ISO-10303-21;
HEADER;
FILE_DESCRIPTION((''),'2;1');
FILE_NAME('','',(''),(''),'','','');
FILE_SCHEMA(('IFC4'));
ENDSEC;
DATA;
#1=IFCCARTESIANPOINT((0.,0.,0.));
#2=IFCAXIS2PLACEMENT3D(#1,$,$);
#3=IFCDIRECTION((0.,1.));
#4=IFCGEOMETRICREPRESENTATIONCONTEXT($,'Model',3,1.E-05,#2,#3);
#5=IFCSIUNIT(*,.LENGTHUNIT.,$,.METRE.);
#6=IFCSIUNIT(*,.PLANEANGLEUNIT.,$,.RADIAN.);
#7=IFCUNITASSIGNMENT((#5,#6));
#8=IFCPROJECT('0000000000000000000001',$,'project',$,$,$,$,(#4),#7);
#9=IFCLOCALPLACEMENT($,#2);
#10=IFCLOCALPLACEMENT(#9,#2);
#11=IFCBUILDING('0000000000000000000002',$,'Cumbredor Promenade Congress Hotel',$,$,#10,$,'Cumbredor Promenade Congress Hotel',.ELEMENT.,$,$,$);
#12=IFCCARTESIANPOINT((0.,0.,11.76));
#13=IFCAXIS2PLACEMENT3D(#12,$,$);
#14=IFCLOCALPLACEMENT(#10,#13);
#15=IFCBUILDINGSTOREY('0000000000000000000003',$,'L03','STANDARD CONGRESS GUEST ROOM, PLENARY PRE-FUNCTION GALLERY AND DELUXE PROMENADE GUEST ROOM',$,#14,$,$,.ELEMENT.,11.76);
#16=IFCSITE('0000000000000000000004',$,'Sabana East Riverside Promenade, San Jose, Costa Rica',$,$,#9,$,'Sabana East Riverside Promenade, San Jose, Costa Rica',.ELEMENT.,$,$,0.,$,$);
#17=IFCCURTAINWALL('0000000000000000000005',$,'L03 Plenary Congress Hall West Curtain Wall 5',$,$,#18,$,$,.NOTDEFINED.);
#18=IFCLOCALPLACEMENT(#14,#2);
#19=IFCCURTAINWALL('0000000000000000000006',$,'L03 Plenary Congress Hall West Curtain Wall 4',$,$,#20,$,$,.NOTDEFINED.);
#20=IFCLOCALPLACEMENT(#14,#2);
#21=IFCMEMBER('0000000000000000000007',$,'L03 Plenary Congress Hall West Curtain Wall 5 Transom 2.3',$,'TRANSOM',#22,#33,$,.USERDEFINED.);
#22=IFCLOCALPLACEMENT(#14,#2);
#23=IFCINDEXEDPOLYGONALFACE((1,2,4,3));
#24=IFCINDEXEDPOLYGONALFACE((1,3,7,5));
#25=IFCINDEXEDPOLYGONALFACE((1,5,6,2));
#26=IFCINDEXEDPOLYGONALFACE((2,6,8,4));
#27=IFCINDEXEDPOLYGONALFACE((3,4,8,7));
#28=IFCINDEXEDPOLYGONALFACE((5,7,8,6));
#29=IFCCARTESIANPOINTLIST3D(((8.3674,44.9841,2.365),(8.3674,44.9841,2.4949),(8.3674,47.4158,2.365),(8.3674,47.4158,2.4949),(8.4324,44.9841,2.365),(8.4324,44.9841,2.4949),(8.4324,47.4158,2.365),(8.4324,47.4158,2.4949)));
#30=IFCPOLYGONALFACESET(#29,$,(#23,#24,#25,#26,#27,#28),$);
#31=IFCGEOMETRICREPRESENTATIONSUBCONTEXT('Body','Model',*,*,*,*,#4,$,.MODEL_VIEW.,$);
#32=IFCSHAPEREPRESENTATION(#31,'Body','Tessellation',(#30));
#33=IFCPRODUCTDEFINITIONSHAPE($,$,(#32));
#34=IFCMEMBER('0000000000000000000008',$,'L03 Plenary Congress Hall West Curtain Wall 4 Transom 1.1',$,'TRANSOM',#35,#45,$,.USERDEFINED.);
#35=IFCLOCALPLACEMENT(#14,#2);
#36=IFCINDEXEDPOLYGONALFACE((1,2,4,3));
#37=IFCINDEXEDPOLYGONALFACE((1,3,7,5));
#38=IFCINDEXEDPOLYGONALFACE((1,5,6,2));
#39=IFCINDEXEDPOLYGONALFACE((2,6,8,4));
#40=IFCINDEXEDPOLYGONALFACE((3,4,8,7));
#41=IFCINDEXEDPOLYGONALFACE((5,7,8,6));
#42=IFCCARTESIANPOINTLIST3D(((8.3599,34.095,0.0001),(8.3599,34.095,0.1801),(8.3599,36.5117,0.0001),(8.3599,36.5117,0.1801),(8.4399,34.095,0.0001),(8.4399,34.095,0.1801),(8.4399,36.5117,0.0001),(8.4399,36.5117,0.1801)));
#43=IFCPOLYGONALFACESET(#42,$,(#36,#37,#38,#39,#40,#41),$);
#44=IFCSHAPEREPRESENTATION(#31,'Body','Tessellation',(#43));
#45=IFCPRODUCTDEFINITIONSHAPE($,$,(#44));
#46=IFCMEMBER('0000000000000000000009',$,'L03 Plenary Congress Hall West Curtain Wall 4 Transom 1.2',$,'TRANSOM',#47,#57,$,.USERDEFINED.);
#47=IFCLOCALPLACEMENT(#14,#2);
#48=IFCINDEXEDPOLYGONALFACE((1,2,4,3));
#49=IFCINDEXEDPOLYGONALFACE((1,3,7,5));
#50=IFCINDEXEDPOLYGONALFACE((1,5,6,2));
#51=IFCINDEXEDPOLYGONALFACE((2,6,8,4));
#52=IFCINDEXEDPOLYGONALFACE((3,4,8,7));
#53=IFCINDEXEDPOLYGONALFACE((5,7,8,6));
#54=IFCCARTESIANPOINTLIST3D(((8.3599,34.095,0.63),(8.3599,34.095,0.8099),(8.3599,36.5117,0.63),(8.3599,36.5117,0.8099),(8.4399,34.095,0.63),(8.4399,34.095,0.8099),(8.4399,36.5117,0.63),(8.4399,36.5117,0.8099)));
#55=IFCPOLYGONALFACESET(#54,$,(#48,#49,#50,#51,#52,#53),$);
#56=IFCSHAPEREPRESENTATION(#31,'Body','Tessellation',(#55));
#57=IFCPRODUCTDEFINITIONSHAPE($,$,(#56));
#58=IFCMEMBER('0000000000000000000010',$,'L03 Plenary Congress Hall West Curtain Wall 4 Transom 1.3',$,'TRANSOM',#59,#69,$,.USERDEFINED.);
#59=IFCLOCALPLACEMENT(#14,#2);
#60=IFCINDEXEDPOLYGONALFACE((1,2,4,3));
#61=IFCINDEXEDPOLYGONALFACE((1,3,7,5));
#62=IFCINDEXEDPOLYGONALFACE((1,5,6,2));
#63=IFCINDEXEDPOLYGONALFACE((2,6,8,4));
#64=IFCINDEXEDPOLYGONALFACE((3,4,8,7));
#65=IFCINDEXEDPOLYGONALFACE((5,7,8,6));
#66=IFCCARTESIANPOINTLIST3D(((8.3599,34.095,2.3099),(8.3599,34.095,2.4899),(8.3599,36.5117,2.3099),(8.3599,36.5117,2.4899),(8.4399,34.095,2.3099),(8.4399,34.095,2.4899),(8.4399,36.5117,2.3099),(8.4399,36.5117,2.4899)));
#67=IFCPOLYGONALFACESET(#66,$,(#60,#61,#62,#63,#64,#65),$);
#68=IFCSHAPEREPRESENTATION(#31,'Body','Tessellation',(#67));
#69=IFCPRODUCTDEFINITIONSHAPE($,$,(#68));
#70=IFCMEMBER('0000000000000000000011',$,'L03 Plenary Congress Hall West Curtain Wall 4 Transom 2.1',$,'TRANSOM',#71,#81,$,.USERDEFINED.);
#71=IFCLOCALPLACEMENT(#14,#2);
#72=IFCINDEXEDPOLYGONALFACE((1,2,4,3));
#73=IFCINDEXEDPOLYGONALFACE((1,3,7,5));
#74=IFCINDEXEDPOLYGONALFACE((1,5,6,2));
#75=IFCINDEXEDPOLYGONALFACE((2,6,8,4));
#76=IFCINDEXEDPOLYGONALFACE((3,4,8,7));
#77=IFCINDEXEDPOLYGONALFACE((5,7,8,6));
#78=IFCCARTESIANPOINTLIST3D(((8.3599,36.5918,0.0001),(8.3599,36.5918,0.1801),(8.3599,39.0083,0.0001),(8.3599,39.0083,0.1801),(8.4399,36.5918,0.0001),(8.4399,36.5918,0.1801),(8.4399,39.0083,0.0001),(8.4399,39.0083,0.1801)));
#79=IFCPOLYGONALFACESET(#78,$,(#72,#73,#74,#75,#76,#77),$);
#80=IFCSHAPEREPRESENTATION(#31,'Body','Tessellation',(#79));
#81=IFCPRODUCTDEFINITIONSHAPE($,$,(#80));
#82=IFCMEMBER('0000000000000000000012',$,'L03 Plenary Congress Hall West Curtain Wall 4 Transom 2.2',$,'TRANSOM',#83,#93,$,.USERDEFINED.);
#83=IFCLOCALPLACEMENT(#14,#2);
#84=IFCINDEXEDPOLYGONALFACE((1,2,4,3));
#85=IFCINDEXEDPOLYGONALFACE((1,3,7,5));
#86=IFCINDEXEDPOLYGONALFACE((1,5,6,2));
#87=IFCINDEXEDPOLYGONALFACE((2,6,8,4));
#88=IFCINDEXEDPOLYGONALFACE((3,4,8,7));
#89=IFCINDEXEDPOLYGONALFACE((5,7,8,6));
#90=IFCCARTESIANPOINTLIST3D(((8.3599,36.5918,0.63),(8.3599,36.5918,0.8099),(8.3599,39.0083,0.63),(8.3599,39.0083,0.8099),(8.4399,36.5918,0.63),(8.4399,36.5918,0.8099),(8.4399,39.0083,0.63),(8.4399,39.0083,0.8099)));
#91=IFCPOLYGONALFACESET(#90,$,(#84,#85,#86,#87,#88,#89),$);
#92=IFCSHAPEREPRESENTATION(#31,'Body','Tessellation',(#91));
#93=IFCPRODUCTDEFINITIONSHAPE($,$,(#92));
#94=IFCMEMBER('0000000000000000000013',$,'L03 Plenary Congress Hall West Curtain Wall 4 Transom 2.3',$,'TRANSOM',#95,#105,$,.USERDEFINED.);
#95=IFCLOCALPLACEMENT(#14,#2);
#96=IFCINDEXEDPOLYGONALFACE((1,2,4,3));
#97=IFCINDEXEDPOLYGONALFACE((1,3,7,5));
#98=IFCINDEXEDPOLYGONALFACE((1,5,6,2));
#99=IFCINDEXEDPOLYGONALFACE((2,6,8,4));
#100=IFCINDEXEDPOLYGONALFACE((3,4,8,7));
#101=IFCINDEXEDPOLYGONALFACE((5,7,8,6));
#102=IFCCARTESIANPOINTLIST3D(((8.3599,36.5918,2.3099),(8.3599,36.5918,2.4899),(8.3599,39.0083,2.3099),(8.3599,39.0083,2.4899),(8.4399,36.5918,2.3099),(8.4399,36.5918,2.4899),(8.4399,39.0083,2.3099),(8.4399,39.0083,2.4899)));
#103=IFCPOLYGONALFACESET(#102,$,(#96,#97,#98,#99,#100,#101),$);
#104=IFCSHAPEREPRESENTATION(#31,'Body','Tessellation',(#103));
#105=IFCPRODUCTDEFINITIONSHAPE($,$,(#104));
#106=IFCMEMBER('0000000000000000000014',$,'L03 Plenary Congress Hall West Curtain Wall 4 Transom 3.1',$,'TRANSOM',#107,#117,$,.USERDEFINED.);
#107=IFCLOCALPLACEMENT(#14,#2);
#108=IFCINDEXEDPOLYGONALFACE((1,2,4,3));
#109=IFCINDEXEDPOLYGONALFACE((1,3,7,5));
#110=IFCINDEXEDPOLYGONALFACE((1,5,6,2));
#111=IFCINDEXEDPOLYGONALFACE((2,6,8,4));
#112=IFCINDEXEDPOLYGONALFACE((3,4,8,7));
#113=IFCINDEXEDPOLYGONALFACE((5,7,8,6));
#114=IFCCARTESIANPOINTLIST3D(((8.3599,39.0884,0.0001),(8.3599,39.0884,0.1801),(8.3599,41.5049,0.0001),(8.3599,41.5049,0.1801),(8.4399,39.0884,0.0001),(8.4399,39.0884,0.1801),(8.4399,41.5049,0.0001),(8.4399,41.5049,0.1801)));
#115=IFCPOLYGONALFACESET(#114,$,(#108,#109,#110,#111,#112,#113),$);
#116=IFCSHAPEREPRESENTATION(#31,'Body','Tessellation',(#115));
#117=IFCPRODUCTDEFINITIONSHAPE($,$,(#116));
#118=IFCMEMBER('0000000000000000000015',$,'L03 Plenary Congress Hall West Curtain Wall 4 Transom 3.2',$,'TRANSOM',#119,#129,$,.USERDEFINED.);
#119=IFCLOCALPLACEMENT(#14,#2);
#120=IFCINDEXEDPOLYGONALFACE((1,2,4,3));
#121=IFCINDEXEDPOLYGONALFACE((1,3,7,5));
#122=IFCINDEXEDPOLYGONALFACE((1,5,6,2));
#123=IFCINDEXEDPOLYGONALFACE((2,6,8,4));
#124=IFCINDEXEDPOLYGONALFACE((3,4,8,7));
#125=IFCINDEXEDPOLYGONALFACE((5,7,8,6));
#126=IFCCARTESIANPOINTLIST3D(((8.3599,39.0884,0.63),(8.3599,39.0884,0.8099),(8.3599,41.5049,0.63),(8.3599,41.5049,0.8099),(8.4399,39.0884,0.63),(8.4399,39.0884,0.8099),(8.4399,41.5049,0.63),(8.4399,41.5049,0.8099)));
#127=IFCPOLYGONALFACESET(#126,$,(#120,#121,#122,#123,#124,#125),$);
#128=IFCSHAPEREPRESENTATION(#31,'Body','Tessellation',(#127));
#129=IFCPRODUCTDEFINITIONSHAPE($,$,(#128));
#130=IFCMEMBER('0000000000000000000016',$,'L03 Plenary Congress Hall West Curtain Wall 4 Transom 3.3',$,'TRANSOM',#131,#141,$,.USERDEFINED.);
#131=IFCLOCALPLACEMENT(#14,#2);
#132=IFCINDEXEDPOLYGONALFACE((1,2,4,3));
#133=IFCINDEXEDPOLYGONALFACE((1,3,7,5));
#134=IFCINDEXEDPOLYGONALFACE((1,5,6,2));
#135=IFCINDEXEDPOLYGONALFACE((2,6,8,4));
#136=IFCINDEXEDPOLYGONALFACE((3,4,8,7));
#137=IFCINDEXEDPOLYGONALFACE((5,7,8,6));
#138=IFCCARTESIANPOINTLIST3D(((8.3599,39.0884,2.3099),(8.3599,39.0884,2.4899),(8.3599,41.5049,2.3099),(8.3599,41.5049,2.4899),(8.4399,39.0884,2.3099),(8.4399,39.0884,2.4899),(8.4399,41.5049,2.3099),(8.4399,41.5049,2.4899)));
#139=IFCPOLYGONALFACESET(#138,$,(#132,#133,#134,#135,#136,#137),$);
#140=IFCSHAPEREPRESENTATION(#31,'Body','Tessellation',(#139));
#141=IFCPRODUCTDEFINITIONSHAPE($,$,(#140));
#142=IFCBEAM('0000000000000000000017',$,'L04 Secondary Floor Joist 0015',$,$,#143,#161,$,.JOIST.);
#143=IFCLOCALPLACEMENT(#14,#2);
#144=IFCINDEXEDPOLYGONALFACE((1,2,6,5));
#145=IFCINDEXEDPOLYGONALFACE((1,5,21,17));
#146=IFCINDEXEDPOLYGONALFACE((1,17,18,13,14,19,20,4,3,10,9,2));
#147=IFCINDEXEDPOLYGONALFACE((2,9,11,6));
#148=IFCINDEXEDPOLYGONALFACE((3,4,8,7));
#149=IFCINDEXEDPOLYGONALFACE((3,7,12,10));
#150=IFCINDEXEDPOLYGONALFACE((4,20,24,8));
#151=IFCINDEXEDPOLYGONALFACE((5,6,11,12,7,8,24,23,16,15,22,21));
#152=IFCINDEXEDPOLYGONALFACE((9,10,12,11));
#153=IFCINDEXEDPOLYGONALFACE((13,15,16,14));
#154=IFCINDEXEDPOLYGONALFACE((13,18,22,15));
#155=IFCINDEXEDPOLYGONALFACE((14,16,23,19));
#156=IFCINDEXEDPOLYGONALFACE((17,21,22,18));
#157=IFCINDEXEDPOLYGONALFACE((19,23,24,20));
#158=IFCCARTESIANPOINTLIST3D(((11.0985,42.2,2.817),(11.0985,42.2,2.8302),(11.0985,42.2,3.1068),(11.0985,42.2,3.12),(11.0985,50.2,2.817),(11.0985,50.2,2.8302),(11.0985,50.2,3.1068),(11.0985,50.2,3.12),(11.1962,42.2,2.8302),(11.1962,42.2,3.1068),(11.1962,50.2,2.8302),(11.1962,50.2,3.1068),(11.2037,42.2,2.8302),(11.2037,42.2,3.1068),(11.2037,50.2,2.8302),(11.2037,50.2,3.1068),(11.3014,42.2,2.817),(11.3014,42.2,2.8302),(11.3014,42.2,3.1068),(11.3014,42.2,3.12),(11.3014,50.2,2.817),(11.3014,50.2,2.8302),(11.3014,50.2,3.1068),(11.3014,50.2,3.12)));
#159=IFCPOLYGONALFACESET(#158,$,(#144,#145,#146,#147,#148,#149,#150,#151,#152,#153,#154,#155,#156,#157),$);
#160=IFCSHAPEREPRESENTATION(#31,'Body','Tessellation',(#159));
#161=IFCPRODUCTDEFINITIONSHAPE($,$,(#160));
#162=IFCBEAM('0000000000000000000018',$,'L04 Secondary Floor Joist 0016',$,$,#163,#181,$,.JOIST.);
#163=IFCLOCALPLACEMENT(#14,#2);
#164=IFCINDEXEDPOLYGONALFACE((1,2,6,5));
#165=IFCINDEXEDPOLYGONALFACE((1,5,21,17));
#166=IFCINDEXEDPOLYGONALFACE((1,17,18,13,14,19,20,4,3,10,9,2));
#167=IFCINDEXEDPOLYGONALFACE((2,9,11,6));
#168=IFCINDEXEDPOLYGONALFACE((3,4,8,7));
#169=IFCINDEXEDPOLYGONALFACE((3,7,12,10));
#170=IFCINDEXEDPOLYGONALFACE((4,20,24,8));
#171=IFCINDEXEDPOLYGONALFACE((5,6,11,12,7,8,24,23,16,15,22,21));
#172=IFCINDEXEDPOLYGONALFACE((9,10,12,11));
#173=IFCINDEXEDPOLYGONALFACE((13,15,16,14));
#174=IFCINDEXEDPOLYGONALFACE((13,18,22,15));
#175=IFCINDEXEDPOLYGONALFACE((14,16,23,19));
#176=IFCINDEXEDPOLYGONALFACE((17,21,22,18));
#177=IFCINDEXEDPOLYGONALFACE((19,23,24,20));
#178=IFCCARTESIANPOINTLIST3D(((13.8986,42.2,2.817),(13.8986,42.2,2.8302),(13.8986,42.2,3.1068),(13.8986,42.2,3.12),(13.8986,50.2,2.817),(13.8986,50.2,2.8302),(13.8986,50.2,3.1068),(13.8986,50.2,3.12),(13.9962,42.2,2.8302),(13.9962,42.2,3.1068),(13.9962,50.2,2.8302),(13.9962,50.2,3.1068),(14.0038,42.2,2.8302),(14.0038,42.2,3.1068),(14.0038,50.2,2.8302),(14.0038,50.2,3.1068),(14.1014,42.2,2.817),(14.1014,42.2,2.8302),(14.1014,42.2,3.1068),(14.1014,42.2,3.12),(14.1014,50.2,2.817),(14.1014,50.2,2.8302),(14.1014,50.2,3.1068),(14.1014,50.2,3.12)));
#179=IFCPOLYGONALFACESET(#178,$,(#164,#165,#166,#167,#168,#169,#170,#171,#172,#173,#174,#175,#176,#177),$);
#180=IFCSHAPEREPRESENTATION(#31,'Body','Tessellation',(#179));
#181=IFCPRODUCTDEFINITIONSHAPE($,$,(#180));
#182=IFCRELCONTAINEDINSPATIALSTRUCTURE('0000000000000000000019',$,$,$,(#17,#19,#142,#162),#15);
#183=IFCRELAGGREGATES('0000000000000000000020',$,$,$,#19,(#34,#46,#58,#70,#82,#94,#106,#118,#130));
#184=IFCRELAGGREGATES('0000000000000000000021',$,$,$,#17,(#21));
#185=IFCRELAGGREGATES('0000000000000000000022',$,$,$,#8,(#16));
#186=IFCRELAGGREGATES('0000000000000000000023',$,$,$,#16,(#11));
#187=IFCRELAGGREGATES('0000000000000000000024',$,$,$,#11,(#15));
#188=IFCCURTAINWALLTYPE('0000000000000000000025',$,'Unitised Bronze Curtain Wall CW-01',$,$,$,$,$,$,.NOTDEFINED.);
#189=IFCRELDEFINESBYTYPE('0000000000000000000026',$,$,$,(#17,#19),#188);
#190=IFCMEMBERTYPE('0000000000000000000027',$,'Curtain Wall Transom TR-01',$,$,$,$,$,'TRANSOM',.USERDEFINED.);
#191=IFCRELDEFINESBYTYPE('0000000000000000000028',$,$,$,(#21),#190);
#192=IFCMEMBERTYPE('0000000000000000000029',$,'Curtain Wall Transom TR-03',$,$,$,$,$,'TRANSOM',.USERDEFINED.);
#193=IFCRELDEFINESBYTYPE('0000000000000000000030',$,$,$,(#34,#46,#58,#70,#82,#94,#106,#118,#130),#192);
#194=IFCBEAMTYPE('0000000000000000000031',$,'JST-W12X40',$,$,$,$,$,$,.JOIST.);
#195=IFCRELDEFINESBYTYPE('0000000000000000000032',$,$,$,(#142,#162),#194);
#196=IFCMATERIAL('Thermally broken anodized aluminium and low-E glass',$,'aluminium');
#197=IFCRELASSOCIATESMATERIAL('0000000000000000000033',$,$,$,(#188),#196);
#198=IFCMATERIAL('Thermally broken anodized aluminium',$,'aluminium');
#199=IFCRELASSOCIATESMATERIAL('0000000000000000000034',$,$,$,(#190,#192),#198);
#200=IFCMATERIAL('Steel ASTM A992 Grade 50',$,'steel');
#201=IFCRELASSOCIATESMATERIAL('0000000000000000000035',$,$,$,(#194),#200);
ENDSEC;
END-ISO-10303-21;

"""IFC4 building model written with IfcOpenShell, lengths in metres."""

from ifc_helpers import new_model, si_unit, direction, frame, origin, origin_2d, place, context, subcontext, project, spatial, rectangle, i_section, extrude, material, material_profile, profile_set, type_object, element, aggregate, save


model = new_model("IFC4")

# Units and contexts
model_context = context("Model", 3, precision=1e-05, world=origin(), true_north=direction((0.0, 1.0)))
body_context = subcontext(model_context, "Body", "Model", "MODEL_VIEW")
ifc_project = project(units=[si_unit("LENGTHUNIT", "METRE"), si_unit("PLANEANGLEUNIT", "RADIAN")], contexts=[model_context])

# Site, building, storey
site_placement = place(None, origin())
site = spatial("IfcSite", under=ifc_project, at=site_placement, Name="Sabana East Riverside Promenade, San Jose, Costa Rica", LongName="Sabana East Riverside Promenade, San Jose, Costa Rica", CompositionType="ELEMENT", RefElevation=0.0)
building_placement = place(site_placement, origin())
building = spatial("IfcBuilding", under=site, at=building_placement, Name="Cumbredor Promenade Congress Hotel", LongName="Cumbredor Promenade Congress Hotel", CompositionType="ELEMENT")
storey_placement = place(building_placement, frame((0.0, 0.0, 11.76)))
storey = spatial("IfcBuildingStorey", under=building, at=storey_placement, Name="L03", Description="STANDARD CONGRESS GUEST ROOM, PLENARY PRE-FUNCTION GALLERY AND DELUXE PROMENADE GUEST ROOM", CompositionType="ELEMENT", Elevation=11.76)

# Curtain walls
ifc_material_1 = material(Name="Thermally broken anodized aluminium and low-E glass", Category="aluminium")
curtain_wall_type = type_object("IfcCurtainWallType", Name="Unitised Bronze Curtain Wall CW-01", PredefinedType="NOTDEFINED", material=ifc_material_1)
curtain_wall_1_placement = place(storey_placement, origin())
curtain_wall_1 = element("IfcCurtainWall", 1, at=curtain_wall_1_placement, inside=storey, type_object=curtain_wall_type, Name="L03 Plenary Congress Hall West Curtain Wall 5", PredefinedType="NOTDEFINED")
ifc_material_2 = material(Name="Thermally broken anodized aluminium", Category="aluminium")
curtain_wall_2_placement = place(storey_placement, origin())
curtain_wall_2 = element("IfcCurtainWall", 2, at=curtain_wall_2_placement, inside=storey, type_object=curtain_wall_type, Name="L03 Plenary Congress Hall West Curtain Wall 4", PredefinedType="NOTDEFINED")

# Members
ifc_material_profile_1 = material_profile(ifc_material_2, rectangle(XDim=0.0649, YDim=0.1299, at=origin_2d()), Name="ALU TRANSOM 65x130")
ifc_profile_set_1 = profile_set([ifc_material_profile_1], Name="Thermally broken anodized aluminium")
member_type_1 = type_object("IfcMemberType", Name="Curtain Wall Transom TR-01", ElementType="TRANSOM", PredefinedType="USERDEFINED", material=ifc_profile_set_1)
member_1_placement = place(storey_placement, frame((8.3999, 44.9841, 2.4299), z_axis=(0.0, 1.0, 0.0), x_axis=(-1.0, 0.0, 0.0)))
member_1 = element("IfcMember", 3, at=member_1_placement, type_object=member_type_1, Name="L03 Plenary Congress Hall West Curtain Wall 5 Transom 2.3", ObjectType="TRANSOM", PredefinedType="USERDEFINED", context=body_context, shape_type="SweptSolid", body=[
    extrude(rectangle(XDim=0.0649, YDim=0.1299, at=origin_2d()), origin(), (0.0, 0.0, 1.0), 2.4316),
])
ifc_material_profile_2 = material_profile(ifc_material_2, rectangle(XDim=0.0801, YDim=0.1799, at=origin_2d()), Name="ALU TRANSOM 80x180")
ifc_profile_set_2 = profile_set([ifc_material_profile_2], Name="Thermally broken anodized aluminium")
member_type_2 = type_object("IfcMemberType", Name="Curtain Wall Transom TR-03", ElementType="TRANSOM", PredefinedType="USERDEFINED", material=ifc_profile_set_2)
member_2_placement = place(storey_placement, frame((8.3999, 34.095, 0.0901), z_axis=(0.0, 1.0, 0.0), x_axis=(-1.0, 0.0, 0.0)))
member_2 = element("IfcMember", 4, at=member_2_placement, type_object=member_type_2, Name="L03 Plenary Congress Hall West Curtain Wall 4 Transom 1.1", ObjectType="TRANSOM", PredefinedType="USERDEFINED", context=body_context, shape_type="SweptSolid", body=[
    extrude(rectangle(XDim=0.0801, YDim=0.1799, at=origin_2d()), origin(), (0.0, 0.0, 1.0), 2.4167),
])
member_3_placement = place(storey_placement, frame((8.3999, 34.095, 0.72), z_axis=(0.0, 1.0, 0.0), x_axis=(-1.0, 0.0, 0.0)))
member_3 = element("IfcMember", 5, at=member_3_placement, type_object=member_type_2, Name="L03 Plenary Congress Hall West Curtain Wall 4 Transom 1.2", ObjectType="TRANSOM", PredefinedType="USERDEFINED", context=body_context, shape_type="SweptSolid", body=[
    extrude(rectangle(XDim=0.0801, YDim=0.1799, at=origin_2d()), origin(), (0.0, 0.0, 1.0), 2.4167),
])
member_4_placement = place(storey_placement, frame((8.3999, 34.095, 2.3999), z_axis=(0.0, 1.0, 0.0), x_axis=(-1.0, 0.0, 0.0)))
member_4 = element("IfcMember", 6, at=member_4_placement, type_object=member_type_2, Name="L03 Plenary Congress Hall West Curtain Wall 4 Transom 1.3", ObjectType="TRANSOM", PredefinedType="USERDEFINED", context=body_context, shape_type="SweptSolid", body=[
    extrude(rectangle(XDim=0.0801, YDim=0.1799, at=origin_2d()), origin(), (0.0, 0.0, 1.0), 2.4167),
])
member_5_placement = place(storey_placement, frame((8.3999, 36.5918, 0.0901), z_axis=(0.0, 1.0, 0.0), x_axis=(-1.0, 0.0, 0.0)))
member_5 = element("IfcMember", 7, at=member_5_placement, type_object=member_type_2, Name="L03 Plenary Congress Hall West Curtain Wall 4 Transom 2.1", ObjectType="TRANSOM", PredefinedType="USERDEFINED", context=body_context, shape_type="SweptSolid", body=[
    extrude(rectangle(XDim=0.0801, YDim=0.1799, at=origin_2d()), origin(), (0.0, 0.0, 1.0), 2.4165),
])
member_6_placement = place(storey_placement, frame((8.3999, 36.5918, 0.72), z_axis=(0.0, 1.0, 0.0), x_axis=(-1.0, 0.0, 0.0)))
member_6 = element("IfcMember", 8, at=member_6_placement, type_object=member_type_2, Name="L03 Plenary Congress Hall West Curtain Wall 4 Transom 2.2", ObjectType="TRANSOM", PredefinedType="USERDEFINED", context=body_context, shape_type="SweptSolid", body=[
    extrude(rectangle(XDim=0.0801, YDim=0.1799, at=origin_2d()), origin(), (0.0, 0.0, 1.0), 2.4165),
])
member_7_placement = place(storey_placement, frame((8.3999, 36.5918, 2.3999), z_axis=(0.0, 1.0, 0.0), x_axis=(-1.0, 0.0, 0.0)))
member_7 = element("IfcMember", 9, at=member_7_placement, type_object=member_type_2, Name="L03 Plenary Congress Hall West Curtain Wall 4 Transom 2.3", ObjectType="TRANSOM", PredefinedType="USERDEFINED", context=body_context, shape_type="SweptSolid", body=[
    extrude(rectangle(XDim=0.0801, YDim=0.1799, at=origin_2d()), origin(), (0.0, 0.0, 1.0), 2.4165),
])
member_8_placement = place(storey_placement, frame((8.3999, 39.0884, 0.0901), z_axis=(0.0, 1.0, 0.0), x_axis=(-1.0, 0.0, 0.0)))
member_8 = element("IfcMember", 10, at=member_8_placement, type_object=member_type_2, Name="L03 Plenary Congress Hall West Curtain Wall 4 Transom 3.1", ObjectType="TRANSOM", PredefinedType="USERDEFINED", context=body_context, shape_type="SweptSolid", body=[
    extrude(rectangle(XDim=0.0801, YDim=0.1799, at=origin_2d()), origin(), (0.0, 0.0, 1.0), 2.4165),
])
member_9_placement = place(storey_placement, frame((8.3999, 39.0884, 0.72), z_axis=(0.0, 1.0, 0.0), x_axis=(-1.0, 0.0, 0.0)))
member_9 = element("IfcMember", 11, at=member_9_placement, type_object=member_type_2, Name="L03 Plenary Congress Hall West Curtain Wall 4 Transom 3.2", ObjectType="TRANSOM", PredefinedType="USERDEFINED", context=body_context, shape_type="SweptSolid", body=[
    extrude(rectangle(XDim=0.0801, YDim=0.1799, at=origin_2d()), origin(), (0.0, 0.0, 1.0), 2.4165),
])
member_10_placement = place(storey_placement, frame((8.3999, 39.0884, 2.3999), z_axis=(0.0, 1.0, 0.0), x_axis=(-1.0, 0.0, 0.0)))
member_10 = element("IfcMember", 12, at=member_10_placement, type_object=member_type_2, Name="L03 Plenary Congress Hall West Curtain Wall 4 Transom 3.3", ObjectType="TRANSOM", PredefinedType="USERDEFINED", context=body_context, shape_type="SweptSolid", body=[
    extrude(rectangle(XDim=0.0801, YDim=0.1799, at=origin_2d()), origin(), (0.0, 0.0, 1.0), 2.4165),
])

# Beams
ifc_material_3 = material(Name="Steel ASTM A992 Grade 50", Category="steel")
ifc_material_profile_3 = material_profile(ifc_material_3, i_section(OverallWidth=0.2029, OverallDepth=0.303, WebThickness=0.0076, FlangeThickness=0.0132, at=origin_2d()), Name="W12X40")
ifc_profile_set_3 = profile_set([ifc_material_profile_3], Name="Steel ASTM A992 Grade 50")
beam_type_1 = type_object("IfcBeamType", Name="JST-W12X40", PredefinedType="JOIST", material=ifc_profile_set_3)
for number, where, z_axis, x_axis, name in (
    (13, (11.2, 42.2, 2.9685), (0.0, 1.0, 0.0), (-1.0, 0.0, 0.0), "L04 Secondary Floor Joist 0015"),
    (14, (14.0, 42.2, 2.9685), (0.0, 1.0, 0.0), (-1.0, 0.0, 0.0), "L04 Secondary Floor Joist 0016"),
):
    element("IfcBeam", number, at=place(storey_placement, frame(where, z_axis=z_axis, x_axis=x_axis)), inside=storey, type_object=beam_type_1, Name=name, PredefinedType="JOIST", context=body_context, shape_type="SweptSolid", body=[
        extrude(i_section(OverallWidth=0.2029, OverallDepth=0.303, WebThickness=0.0076, FlangeThickness=0.0132, at=origin_2d()), origin(), (0.0, 0.0, 1.0), 8.0),
    ])

aggregate(curtain_wall_2, [member_2, member_3, member_4, member_5, member_6, member_7, member_8, member_9, member_10])
aggregate(curtain_wall_1, [member_1])

save(model, "model.ifc")
